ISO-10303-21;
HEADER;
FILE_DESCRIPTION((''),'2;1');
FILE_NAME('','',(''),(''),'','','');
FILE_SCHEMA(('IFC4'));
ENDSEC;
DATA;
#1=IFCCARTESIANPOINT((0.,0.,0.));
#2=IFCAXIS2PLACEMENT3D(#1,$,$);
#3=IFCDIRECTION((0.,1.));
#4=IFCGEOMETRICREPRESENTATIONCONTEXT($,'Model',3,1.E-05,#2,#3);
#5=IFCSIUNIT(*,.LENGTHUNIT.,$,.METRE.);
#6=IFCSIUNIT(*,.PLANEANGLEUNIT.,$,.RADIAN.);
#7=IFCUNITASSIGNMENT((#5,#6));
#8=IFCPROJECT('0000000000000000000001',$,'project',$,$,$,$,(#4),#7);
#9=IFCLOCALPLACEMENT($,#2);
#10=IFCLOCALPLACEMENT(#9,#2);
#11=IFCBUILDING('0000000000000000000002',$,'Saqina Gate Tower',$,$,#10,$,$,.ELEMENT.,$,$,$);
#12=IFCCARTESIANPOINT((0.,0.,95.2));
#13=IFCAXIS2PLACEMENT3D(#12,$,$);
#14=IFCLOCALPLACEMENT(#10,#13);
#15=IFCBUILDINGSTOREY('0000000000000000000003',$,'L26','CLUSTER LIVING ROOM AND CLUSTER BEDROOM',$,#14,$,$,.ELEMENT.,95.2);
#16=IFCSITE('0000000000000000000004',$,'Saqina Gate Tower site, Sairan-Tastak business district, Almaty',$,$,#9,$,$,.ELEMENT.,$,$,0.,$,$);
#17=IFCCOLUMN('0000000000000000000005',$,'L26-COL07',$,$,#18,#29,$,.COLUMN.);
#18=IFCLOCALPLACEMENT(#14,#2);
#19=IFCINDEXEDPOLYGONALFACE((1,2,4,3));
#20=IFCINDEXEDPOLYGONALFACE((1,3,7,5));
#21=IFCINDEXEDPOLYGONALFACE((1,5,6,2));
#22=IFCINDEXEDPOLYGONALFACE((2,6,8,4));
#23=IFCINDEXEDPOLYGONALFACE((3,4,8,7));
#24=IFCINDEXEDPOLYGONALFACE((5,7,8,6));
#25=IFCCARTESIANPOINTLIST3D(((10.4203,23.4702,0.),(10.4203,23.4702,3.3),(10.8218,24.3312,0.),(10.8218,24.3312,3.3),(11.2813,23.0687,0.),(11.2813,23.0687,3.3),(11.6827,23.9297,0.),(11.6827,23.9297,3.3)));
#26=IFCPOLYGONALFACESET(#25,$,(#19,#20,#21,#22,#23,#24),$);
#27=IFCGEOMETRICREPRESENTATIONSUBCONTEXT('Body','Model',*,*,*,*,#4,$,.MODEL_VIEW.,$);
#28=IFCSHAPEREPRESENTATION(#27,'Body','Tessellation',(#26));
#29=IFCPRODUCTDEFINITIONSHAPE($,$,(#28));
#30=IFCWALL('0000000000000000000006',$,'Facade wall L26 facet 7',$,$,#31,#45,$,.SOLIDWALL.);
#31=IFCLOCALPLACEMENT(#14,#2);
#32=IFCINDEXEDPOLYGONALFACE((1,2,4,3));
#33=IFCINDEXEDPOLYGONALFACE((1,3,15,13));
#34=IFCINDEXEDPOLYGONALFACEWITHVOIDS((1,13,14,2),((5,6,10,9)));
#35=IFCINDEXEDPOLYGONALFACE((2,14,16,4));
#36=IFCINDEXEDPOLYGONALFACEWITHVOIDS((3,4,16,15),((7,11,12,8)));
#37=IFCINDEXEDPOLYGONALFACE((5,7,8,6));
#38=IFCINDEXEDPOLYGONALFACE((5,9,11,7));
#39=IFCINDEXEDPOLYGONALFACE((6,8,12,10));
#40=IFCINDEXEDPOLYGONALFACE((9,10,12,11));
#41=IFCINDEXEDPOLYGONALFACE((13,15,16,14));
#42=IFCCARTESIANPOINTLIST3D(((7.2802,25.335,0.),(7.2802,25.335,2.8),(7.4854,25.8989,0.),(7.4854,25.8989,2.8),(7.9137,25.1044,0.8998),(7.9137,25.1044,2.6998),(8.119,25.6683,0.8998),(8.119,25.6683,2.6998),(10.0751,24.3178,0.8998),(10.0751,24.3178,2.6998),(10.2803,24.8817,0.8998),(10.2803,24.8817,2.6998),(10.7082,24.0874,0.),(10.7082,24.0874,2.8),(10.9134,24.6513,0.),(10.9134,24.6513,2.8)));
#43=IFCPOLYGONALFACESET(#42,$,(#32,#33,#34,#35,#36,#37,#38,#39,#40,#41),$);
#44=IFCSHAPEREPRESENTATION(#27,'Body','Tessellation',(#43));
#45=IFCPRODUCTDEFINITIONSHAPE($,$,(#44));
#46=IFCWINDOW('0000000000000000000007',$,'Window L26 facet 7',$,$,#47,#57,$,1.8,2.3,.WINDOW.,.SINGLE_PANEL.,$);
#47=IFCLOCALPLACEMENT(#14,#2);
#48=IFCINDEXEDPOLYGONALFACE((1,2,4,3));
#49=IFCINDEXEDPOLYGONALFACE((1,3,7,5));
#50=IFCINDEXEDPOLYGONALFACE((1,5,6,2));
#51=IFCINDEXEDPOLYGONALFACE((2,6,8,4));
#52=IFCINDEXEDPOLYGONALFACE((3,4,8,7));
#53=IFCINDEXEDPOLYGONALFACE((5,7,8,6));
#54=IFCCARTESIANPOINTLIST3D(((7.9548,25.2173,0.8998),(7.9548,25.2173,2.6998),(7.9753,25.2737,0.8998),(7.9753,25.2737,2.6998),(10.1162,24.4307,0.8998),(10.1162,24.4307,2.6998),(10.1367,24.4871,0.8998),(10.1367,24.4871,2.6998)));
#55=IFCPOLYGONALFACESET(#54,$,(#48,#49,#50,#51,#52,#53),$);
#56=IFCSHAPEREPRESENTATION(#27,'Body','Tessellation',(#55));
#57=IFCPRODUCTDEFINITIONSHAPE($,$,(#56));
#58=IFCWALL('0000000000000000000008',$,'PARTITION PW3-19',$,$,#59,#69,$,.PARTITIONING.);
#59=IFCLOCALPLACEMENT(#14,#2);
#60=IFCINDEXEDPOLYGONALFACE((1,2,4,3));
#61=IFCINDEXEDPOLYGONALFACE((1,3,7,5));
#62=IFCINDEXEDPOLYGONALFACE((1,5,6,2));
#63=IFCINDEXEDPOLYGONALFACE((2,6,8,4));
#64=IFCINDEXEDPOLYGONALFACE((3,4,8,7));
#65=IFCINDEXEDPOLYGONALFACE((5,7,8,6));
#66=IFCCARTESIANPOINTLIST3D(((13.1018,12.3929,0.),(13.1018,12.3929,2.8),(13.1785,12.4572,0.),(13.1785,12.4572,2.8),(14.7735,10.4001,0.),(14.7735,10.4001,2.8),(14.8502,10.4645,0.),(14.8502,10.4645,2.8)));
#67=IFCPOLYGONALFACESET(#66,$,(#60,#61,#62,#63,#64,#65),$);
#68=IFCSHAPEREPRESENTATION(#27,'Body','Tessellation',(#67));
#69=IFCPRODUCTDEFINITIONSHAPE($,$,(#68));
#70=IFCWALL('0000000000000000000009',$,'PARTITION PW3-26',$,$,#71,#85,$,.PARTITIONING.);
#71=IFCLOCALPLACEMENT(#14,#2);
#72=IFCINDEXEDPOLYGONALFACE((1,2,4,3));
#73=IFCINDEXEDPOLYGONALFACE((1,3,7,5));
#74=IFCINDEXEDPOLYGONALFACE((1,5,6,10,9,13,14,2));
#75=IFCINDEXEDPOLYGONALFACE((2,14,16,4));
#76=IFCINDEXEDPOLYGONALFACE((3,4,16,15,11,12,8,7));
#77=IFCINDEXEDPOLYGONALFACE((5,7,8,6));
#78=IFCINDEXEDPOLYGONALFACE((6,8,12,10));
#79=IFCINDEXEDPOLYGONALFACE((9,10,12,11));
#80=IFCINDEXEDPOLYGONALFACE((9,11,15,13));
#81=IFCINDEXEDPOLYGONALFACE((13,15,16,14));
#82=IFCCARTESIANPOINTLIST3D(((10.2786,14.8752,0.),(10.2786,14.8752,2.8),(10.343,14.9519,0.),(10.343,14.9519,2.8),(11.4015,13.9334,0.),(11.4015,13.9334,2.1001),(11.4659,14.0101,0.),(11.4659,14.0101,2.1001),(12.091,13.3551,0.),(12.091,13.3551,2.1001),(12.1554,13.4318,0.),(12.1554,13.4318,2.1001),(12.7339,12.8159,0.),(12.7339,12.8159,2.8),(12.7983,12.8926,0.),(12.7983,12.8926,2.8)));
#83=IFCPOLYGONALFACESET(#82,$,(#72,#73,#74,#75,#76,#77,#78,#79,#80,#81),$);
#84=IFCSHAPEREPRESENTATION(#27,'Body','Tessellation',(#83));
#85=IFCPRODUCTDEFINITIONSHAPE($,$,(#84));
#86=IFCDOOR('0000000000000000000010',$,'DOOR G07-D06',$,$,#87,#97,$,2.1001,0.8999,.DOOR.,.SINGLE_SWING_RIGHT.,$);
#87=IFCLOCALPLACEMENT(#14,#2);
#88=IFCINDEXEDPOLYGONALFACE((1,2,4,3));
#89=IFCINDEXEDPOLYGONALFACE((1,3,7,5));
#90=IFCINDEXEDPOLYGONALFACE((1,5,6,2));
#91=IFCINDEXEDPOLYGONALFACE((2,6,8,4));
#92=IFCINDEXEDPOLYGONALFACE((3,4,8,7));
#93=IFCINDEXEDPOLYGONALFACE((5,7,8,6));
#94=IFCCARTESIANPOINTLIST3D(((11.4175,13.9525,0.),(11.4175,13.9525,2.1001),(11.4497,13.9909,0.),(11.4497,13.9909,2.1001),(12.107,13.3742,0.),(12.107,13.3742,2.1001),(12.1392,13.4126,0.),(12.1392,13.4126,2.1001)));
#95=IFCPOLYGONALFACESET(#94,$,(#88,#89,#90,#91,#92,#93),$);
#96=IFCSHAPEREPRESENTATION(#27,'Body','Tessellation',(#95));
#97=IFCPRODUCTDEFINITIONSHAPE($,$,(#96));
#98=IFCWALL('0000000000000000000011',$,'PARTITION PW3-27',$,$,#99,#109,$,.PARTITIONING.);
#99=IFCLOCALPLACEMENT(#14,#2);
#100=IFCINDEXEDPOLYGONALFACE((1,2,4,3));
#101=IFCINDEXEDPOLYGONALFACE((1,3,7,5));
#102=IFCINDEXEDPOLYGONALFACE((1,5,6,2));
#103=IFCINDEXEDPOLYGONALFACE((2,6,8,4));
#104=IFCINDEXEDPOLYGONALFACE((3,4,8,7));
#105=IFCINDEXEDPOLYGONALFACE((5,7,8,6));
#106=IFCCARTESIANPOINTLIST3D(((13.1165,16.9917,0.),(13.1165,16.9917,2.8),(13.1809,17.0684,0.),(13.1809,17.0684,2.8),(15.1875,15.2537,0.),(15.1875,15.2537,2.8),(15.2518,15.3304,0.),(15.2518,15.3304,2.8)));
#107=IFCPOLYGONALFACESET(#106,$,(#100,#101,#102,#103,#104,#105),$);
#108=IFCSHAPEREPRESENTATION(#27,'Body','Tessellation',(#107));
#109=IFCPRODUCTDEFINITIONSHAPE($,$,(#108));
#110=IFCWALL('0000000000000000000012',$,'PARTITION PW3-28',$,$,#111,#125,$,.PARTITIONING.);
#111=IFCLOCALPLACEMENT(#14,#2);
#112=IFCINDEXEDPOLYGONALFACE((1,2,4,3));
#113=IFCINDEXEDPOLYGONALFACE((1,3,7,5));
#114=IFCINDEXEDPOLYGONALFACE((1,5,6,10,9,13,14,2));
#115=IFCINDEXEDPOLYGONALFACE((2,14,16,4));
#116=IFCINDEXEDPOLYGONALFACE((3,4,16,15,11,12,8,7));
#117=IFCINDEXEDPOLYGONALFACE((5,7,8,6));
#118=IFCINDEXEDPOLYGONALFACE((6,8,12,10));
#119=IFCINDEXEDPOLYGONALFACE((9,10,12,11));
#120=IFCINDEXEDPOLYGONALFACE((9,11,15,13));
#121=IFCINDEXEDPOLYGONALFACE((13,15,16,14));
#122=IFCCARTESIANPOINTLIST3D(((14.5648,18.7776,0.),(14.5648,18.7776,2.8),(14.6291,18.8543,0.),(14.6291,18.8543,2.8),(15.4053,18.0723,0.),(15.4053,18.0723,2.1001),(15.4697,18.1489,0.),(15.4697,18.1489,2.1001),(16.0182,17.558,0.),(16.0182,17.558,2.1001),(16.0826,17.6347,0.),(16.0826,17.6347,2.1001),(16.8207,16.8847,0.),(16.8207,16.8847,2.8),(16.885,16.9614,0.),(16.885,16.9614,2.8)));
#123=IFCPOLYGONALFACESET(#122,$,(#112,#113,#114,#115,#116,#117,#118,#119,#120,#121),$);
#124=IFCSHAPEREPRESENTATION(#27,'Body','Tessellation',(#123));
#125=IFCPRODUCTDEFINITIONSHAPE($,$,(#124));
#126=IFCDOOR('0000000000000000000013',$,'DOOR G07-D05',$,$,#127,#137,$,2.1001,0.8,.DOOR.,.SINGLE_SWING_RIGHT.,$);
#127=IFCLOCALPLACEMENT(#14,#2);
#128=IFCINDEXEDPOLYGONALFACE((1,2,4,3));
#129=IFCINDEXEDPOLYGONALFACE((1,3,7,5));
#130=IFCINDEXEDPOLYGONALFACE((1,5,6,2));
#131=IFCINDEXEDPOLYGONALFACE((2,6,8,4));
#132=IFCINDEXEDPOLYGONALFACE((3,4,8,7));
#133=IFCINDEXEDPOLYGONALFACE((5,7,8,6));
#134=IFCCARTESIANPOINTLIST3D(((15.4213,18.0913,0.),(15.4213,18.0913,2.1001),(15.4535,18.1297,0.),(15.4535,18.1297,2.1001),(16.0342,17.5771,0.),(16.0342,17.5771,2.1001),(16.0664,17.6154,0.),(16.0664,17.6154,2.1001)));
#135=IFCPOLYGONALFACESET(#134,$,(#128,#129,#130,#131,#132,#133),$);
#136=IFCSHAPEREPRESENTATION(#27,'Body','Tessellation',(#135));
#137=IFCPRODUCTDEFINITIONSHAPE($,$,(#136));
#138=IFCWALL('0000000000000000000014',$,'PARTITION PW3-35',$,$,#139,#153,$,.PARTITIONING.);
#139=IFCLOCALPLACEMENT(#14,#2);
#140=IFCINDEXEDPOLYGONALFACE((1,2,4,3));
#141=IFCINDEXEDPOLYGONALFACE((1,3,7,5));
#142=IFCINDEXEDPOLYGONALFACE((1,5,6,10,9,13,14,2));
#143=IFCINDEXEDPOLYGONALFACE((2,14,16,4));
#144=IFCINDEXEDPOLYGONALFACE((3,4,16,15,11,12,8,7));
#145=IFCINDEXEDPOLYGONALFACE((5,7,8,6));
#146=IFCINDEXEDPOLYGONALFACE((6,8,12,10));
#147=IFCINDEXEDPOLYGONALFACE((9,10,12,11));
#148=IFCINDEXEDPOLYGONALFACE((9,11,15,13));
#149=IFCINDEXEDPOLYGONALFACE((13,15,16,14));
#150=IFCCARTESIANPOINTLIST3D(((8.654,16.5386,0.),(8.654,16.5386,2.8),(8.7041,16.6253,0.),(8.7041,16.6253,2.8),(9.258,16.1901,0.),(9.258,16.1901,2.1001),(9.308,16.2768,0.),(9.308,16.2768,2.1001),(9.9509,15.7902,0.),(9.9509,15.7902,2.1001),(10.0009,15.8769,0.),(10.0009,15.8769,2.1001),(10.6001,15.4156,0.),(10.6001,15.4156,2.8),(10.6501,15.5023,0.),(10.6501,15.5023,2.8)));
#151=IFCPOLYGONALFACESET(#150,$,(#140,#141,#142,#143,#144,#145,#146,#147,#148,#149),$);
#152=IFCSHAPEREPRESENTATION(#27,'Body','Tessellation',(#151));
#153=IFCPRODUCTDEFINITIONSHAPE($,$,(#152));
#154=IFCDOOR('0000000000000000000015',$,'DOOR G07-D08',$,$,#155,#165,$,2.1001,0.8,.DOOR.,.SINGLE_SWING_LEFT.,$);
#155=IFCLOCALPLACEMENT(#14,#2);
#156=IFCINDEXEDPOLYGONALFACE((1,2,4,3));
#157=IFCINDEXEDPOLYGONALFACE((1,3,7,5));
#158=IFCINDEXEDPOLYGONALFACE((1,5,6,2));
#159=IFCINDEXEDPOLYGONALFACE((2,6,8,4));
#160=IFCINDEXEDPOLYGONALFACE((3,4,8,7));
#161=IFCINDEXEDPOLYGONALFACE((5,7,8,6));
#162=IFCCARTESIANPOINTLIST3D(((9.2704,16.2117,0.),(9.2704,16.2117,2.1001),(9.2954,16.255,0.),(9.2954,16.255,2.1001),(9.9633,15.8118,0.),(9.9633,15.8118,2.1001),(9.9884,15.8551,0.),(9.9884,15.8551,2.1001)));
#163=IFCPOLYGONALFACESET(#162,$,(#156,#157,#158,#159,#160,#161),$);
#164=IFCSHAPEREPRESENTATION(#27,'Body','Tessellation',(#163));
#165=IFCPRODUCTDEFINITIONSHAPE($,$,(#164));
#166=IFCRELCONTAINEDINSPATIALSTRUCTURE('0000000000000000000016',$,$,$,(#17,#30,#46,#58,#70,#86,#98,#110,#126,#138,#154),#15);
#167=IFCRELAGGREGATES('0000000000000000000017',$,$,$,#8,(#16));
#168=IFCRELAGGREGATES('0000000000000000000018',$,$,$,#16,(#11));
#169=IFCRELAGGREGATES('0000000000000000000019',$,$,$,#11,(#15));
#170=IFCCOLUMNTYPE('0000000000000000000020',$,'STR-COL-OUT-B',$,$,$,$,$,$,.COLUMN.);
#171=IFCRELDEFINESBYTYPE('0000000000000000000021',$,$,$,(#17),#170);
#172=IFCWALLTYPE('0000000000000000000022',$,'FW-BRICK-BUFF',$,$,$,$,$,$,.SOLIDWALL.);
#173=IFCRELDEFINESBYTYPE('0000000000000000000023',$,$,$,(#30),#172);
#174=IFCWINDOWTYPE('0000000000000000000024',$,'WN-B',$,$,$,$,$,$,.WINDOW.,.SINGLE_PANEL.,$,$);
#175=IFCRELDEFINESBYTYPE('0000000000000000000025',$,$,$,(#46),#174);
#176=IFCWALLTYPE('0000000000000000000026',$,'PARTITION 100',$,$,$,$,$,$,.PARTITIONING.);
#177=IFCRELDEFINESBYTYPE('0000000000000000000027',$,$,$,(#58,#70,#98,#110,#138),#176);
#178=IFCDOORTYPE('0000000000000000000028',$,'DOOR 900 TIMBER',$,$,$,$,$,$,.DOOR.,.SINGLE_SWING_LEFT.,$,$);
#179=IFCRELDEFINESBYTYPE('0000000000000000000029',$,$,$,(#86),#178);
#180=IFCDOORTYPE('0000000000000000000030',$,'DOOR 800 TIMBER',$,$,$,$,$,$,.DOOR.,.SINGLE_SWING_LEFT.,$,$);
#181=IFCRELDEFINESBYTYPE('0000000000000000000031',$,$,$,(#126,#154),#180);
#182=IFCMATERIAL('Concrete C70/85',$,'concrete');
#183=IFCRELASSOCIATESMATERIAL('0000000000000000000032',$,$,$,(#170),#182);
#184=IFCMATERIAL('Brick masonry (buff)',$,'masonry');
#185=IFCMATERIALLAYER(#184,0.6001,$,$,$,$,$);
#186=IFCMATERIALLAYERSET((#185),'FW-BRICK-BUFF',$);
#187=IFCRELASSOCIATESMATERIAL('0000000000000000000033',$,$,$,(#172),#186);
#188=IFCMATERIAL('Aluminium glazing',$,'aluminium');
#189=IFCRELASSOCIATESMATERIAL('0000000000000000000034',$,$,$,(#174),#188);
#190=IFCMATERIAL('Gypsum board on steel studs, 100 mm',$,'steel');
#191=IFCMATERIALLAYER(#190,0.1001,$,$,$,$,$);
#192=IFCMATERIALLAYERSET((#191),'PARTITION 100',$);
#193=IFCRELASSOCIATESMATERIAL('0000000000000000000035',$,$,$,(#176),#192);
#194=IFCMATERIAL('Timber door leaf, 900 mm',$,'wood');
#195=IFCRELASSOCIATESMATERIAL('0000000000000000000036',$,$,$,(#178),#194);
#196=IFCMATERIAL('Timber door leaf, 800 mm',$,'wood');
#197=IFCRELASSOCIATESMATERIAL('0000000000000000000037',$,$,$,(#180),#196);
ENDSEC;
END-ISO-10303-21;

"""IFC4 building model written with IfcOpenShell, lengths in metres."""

from ifc_helpers import new_model, si_unit, direction, frame, frame_2d, origin, origin_2d, place, context, subcontext, project, spatial, rectangle, extrude, material, layer, layer_set, material_profile, profile_set, type_object, element, fill, save


model = new_model("IFC4")

# Units and contexts
model_context = context("Model", 3, precision=1e-05, world=origin(), true_north=direction((0.0, 1.0)))
body_context = subcontext(model_context, "Body", "Model", "MODEL_VIEW")
ifc_project = project(units=[si_unit("LENGTHUNIT", "METRE"), si_unit("PLANEANGLEUNIT", "RADIAN")], contexts=[model_context])

# Site, building, storey
site_placement = place(None, origin())
site = spatial("IfcSite", under=ifc_project, at=site_placement, Name="Saqina Gate Tower site, Sairan-Tastak business district, Almaty", CompositionType="ELEMENT", RefElevation=0.0)
building_placement = place(site_placement, origin())
building = spatial("IfcBuilding", under=site, at=building_placement, Name="Saqina Gate Tower", CompositionType="ELEMENT")
storey_placement = place(building_placement, frame((0.0, 0.0, 95.2)))
storey = spatial("IfcBuildingStorey", under=building, at=storey_placement, Name="L26", Description="CLUSTER LIVING ROOM AND CLUSTER BEDROOM", CompositionType="ELEMENT", Elevation=95.2)

# Column
ifc_material_1 = material(Name="Concrete C70/85", Category="concrete")
ifc_material_profile = material_profile(ifc_material_1, rectangle(XDim=0.95, YDim=0.95, at=origin_2d()), Name="RC 950x950")
ifc_profile_set = profile_set([ifc_material_profile], Name="Concrete C70/85")
column_type = type_object("IfcColumnType", Name="STR-COL-OUT-B", PredefinedType="COLUMN", material=ifc_profile_set)
column_placement = place(storey_placement, frame((11.0515, 23.7, 0.0), z_axis=(0.0, 0.0, 1.0), x_axis=(0.422618, 0.906308, 0.0)))
element("IfcColumn", 1, at=column_placement, inside=storey, type_object=column_type, Name="L26-COL07", PredefinedType="COLUMN", context=body_context, shape_type="SweptSolid", body=[
    extrude(rectangle(XDim=0.95, YDim=0.95, at=origin_2d()), origin(), (0.0, 0.0, 1.0), 3.3),
])

# Wall, opening, window
ifc_material_2 = material(Name="Brick masonry (buff)", Category="masonry")
ifc_layer_1 = layer(ifc_material_2, 0.6001)
ifc_layer_set_1 = layer_set([ifc_layer_1], Name="FW-BRICK-BUFF")
wall_type_1 = type_object("IfcWallType", Name="FW-BRICK-BUFF", PredefinedType="SOLIDWALL", material=ifc_layer_set_1)
wall_1_placement = place(storey_placement, frame((10.8108, 24.3694, 0.0), z_axis=(0.0, 0.0, 1.0), x_axis=(-0.939704, 0.34199, 0.0)))
wall_1 = element("IfcWall", 2, at=wall_1_placement, inside=storey, type_object=wall_type_1, Name="Facade wall L26 facet 7", PredefinedType="SOLIDWALL", context=body_context, shape_type="SweptSolid", body=[
    extrude(rectangle(XDim=3.6479, YDim=0.6001, at=frame_2d((1.824, 0.0))), origin(), (0.0, 0.0, 1.0), 2.8),
])
opening_1_placement = place(wall_1_placement, frame((0.6738, 0.0, 0.8999)))
opening_1 = element("IfcOpeningElement", 3, at=opening_1_placement, cuts=wall_1, PredefinedType="OPENING", context=body_context, shape_type="SweptSolid", body=[
    extrude(rectangle(XDim=2.3, YDim=1.8, at=frame_2d((1.1499, 0.8999))), frame((0.0, 0.312, 0.0), z_axis=(0.0, -1.0, 0.0), x_axis=(1.0, 0.0, 0.0)), (0.0, 0.0, 1.0), 0.624),
])
ifc_material_3 = material(Name="Aluminium glazing", Category="aluminium")
window_type = type_object("IfcWindowType", Name="WN-B", PartitioningType="SINGLE_PANEL", PredefinedType="WINDOW", material=ifc_material_3)
window_placement = place(opening_1_placement, origin())
window = element("IfcWindow", 4, at=window_placement, inside=storey, type_object=window_type, Name="Window L26 facet 7", OverallHeight=1.8, OverallWidth=2.3, PartitioningType="SINGLE_PANEL", PredefinedType="WINDOW", context=body_context, shape_type="SweptSolid", body=[
    extrude(rectangle(XDim=2.3, YDim=1.8, at=frame_2d((1.1499, 0.8999))), frame((0.0, 0.1799, 0.0), z_axis=(0.0, -1.0, 0.0), x_axis=(1.0, 0.0, 0.0)), (0.0, 0.0, 1.0), 0.0601),
])
fill(opening_1, window)

# Wall
ifc_material_4 = material(Name="Gypsum board on steel studs, 100 mm", Category="steel")
ifc_layer_2 = layer(ifc_material_4, 0.1001)
ifc_layer_set_2 = layer_set([ifc_layer_2], Name="PARTITION 100")
wall_type_2 = type_object("IfcWallType", Name="PARTITION 100", PredefinedType="PARTITIONING", material=ifc_layer_set_2)
wall_2_placement = place(storey_placement, frame((13.1401, 12.425, 0.0), z_axis=(0.0, 0.0, 1.0), x_axis=(0.642692, -0.766124, 0.0)))
element("IfcWall", 5, at=wall_2_placement, inside=storey, type_object=wall_type_2, Name="PARTITION PW3-19", PredefinedType="PARTITIONING", context=body_context, shape_type="SweptSolid", body=[
    extrude(rectangle(XDim=2.6011, YDim=0.1001, at=frame_2d((1.3005, 0.0))), origin(), (0.0, 0.0, 1.0), 2.8),
])

# Wall, opening, door
wall_3_placement = place(storey_placement, frame((10.3108, 14.9136, 0.0), z_axis=(0.0, 0.0, 1.0), x_axis=(0.766188, -0.642617, 0.0)))
wall_3 = element("IfcWall", 6, at=wall_3_placement, inside=storey, type_object=wall_type_2, Name="PARTITION PW3-26", PredefinedType="PARTITIONING", context=body_context, shape_type="SweptSolid", body=[
    extrude(rectangle(XDim=3.2046, YDim=0.1001, at=frame_2d((1.6023, 0.0))), origin(), (0.0, 0.0, 1.0), 2.8),
])
opening_2_placement = place(wall_3_placement, frame((1.4656, 0.0, 0.0)))
opening_2 = element("IfcOpeningElement", 7, at=opening_2_placement, cuts=wall_3, PredefinedType="OPENING", context=body_context, shape_type="SweptSolid", body=[
    extrude(rectangle(XDim=0.8999, YDim=2.1001, at=frame_2d((0.45, 1.05))), frame((0.0, 0.062, 0.0), z_axis=(0.0, -1.0, 0.0), x_axis=(1.0, 0.0, 0.0)), (0.0, 0.0, 1.0), 0.124),
])
ifc_material_5 = material(Name="Timber door leaf, 900 mm", Category="wood")
door_type_1 = type_object("IfcDoorType", Name="DOOR 900 TIMBER", OperationType="SINGLE_SWING_LEFT", PredefinedType="DOOR", material=ifc_material_5)
door_1_placement = place(opening_2_placement, origin())
door_1 = element("IfcDoor", 8, at=door_1_placement, inside=storey, type_object=door_type_1, Name="DOOR G07-D06", OperationType="SINGLE_SWING_RIGHT", OverallHeight=2.1001, OverallWidth=0.8999, PredefinedType="DOOR", context=body_context, shape_type="SweptSolid", body=[
    extrude(rectangle(XDim=0.8999, YDim=2.1001, at=frame_2d((0.45, 1.05))), frame((0.0, 0.0249, 0.0), z_axis=(0.0, -1.0, 0.0), x_axis=(1.0, 0.0, 0.0)), (0.0, 0.0, 1.0), 0.05),
])
fill(opening_2, door_1)

# Wall
wall_4_placement = place(storey_placement, frame((13.1487, 17.03, 0.0), z_axis=(0.0, 0.0, 1.0), x_axis=(0.766004, -0.642836, 0.0)))
element("IfcWall", 9, at=wall_4_placement, inside=storey, type_object=wall_type_2, Name="PARTITION PW3-27", PredefinedType="PARTITIONING", context=body_context, shape_type="SweptSolid", body=[
    extrude(rectangle(XDim=2.7036, YDim=0.1001, at=frame_2d((1.3518, 0.0))), origin(), (0.0, 0.0, 1.0), 2.8),
])

# Walls, openings, doors
wall_5_placement = place(storey_placement, frame((14.5969, 18.8159, 0.0), z_axis=(0.0, 0.0, 1.0), x_axis=(0.766056, -0.642774, 0.0)))
wall_5 = element("IfcWall", 10, at=wall_5_placement, inside=storey, type_object=wall_type_2, Name="PARTITION PW3-28", PredefinedType="PARTITIONING", context=body_context, shape_type="SweptSolid", body=[
    extrude(rectangle(XDim=2.9448, YDim=0.1001, at=frame_2d((1.4724, 0.0))), origin(), (0.0, 0.0, 1.0), 2.8),
])
opening_3_placement = place(wall_5_placement, frame((1.0974, 0.0, 0.0)))
opening_3 = element("IfcOpeningElement", 11, at=opening_3_placement, cuts=wall_5, PredefinedType="OPENING", context=body_context, shape_type="SweptSolid", body=[
    extrude(rectangle(XDim=0.8, YDim=2.1001, at=frame_2d((0.3999, 1.05))), frame((0.0, 0.062, 0.0), z_axis=(0.0, -1.0, 0.0), x_axis=(1.0, 0.0, 0.0)), (0.0, 0.0, 1.0), 0.124),
])
ifc_material_6 = material(Name="Timber door leaf, 800 mm", Category="wood")
door_type_2 = type_object("IfcDoorType", Name="DOOR 800 TIMBER", OperationType="SINGLE_SWING_LEFT", PredefinedType="DOOR", material=ifc_material_6)
door_2_placement = place(opening_3_placement, origin())
door_2 = element("IfcDoor", 12, at=door_2_placement, inside=storey, type_object=door_type_2, Name="DOOR G07-D05", OperationType="SINGLE_SWING_RIGHT", OverallHeight=2.1001, OverallWidth=0.8, PredefinedType="DOOR", context=body_context, shape_type="SweptSolid", body=[
    extrude(rectangle(XDim=0.8, YDim=2.1001, at=frame_2d((0.3999, 1.05))), frame((0.0, 0.0249, 0.0), z_axis=(0.0, -1.0, 0.0), x_axis=(1.0, 0.0, 0.0)), (0.0, 0.0, 1.0), 0.05),
])
fill(opening_3, door_2)
wall_6_placement = place(storey_placement, frame((8.679, 16.582, 0.0), z_axis=(0.0, 0.0, 1.0), x_axis=(0.866122, -0.499832, 0.0)))
wall_6 = element("IfcWall", 13, at=wall_6_placement, inside=storey, type_object=wall_type_2, Name="PARTITION PW3-35", PredefinedType="PARTITIONING", context=body_context, shape_type="SweptSolid", body=[
    extrude(rectangle(XDim=2.2468, YDim=0.1001, at=frame_2d((1.1235, 0.0))), origin(), (0.0, 0.0, 1.0), 2.8),
])
opening_4_placement = place(wall_6_placement, frame((0.6975, 0.0, 0.0)))
opening_4 = element("IfcOpeningElement", 14, at=opening_4_placement, cuts=wall_6, PredefinedType="OPENING", context=body_context, shape_type="SweptSolid", body=[
    extrude(rectangle(XDim=0.8, YDim=2.1001, at=frame_2d((0.3999, 1.05))), frame((0.0, 0.062, 0.0), z_axis=(0.0, -1.0, 0.0), x_axis=(1.0, 0.0, 0.0)), (0.0, 0.0, 1.0), 0.124),
])
door_3_placement = place(opening_4_placement, origin())
door_3 = element("IfcDoor", 15, at=door_3_placement, inside=storey, type_object=door_type_2, Name="DOOR G07-D08", OperationType="SINGLE_SWING_LEFT", OverallHeight=2.1001, OverallWidth=0.8, PredefinedType="DOOR", context=body_context, shape_type="SweptSolid", body=[
    extrude(rectangle(XDim=0.8, YDim=2.1001, at=frame_2d((0.3999, 1.05))), frame((0.0, 0.0249, 0.0), z_axis=(0.0, -1.0, 0.0), x_axis=(1.0, 0.0, 0.0)), (0.0, 0.0, 1.0), 0.05),
])
fill(opening_4, door_3)

save(model, "model.ifc")
